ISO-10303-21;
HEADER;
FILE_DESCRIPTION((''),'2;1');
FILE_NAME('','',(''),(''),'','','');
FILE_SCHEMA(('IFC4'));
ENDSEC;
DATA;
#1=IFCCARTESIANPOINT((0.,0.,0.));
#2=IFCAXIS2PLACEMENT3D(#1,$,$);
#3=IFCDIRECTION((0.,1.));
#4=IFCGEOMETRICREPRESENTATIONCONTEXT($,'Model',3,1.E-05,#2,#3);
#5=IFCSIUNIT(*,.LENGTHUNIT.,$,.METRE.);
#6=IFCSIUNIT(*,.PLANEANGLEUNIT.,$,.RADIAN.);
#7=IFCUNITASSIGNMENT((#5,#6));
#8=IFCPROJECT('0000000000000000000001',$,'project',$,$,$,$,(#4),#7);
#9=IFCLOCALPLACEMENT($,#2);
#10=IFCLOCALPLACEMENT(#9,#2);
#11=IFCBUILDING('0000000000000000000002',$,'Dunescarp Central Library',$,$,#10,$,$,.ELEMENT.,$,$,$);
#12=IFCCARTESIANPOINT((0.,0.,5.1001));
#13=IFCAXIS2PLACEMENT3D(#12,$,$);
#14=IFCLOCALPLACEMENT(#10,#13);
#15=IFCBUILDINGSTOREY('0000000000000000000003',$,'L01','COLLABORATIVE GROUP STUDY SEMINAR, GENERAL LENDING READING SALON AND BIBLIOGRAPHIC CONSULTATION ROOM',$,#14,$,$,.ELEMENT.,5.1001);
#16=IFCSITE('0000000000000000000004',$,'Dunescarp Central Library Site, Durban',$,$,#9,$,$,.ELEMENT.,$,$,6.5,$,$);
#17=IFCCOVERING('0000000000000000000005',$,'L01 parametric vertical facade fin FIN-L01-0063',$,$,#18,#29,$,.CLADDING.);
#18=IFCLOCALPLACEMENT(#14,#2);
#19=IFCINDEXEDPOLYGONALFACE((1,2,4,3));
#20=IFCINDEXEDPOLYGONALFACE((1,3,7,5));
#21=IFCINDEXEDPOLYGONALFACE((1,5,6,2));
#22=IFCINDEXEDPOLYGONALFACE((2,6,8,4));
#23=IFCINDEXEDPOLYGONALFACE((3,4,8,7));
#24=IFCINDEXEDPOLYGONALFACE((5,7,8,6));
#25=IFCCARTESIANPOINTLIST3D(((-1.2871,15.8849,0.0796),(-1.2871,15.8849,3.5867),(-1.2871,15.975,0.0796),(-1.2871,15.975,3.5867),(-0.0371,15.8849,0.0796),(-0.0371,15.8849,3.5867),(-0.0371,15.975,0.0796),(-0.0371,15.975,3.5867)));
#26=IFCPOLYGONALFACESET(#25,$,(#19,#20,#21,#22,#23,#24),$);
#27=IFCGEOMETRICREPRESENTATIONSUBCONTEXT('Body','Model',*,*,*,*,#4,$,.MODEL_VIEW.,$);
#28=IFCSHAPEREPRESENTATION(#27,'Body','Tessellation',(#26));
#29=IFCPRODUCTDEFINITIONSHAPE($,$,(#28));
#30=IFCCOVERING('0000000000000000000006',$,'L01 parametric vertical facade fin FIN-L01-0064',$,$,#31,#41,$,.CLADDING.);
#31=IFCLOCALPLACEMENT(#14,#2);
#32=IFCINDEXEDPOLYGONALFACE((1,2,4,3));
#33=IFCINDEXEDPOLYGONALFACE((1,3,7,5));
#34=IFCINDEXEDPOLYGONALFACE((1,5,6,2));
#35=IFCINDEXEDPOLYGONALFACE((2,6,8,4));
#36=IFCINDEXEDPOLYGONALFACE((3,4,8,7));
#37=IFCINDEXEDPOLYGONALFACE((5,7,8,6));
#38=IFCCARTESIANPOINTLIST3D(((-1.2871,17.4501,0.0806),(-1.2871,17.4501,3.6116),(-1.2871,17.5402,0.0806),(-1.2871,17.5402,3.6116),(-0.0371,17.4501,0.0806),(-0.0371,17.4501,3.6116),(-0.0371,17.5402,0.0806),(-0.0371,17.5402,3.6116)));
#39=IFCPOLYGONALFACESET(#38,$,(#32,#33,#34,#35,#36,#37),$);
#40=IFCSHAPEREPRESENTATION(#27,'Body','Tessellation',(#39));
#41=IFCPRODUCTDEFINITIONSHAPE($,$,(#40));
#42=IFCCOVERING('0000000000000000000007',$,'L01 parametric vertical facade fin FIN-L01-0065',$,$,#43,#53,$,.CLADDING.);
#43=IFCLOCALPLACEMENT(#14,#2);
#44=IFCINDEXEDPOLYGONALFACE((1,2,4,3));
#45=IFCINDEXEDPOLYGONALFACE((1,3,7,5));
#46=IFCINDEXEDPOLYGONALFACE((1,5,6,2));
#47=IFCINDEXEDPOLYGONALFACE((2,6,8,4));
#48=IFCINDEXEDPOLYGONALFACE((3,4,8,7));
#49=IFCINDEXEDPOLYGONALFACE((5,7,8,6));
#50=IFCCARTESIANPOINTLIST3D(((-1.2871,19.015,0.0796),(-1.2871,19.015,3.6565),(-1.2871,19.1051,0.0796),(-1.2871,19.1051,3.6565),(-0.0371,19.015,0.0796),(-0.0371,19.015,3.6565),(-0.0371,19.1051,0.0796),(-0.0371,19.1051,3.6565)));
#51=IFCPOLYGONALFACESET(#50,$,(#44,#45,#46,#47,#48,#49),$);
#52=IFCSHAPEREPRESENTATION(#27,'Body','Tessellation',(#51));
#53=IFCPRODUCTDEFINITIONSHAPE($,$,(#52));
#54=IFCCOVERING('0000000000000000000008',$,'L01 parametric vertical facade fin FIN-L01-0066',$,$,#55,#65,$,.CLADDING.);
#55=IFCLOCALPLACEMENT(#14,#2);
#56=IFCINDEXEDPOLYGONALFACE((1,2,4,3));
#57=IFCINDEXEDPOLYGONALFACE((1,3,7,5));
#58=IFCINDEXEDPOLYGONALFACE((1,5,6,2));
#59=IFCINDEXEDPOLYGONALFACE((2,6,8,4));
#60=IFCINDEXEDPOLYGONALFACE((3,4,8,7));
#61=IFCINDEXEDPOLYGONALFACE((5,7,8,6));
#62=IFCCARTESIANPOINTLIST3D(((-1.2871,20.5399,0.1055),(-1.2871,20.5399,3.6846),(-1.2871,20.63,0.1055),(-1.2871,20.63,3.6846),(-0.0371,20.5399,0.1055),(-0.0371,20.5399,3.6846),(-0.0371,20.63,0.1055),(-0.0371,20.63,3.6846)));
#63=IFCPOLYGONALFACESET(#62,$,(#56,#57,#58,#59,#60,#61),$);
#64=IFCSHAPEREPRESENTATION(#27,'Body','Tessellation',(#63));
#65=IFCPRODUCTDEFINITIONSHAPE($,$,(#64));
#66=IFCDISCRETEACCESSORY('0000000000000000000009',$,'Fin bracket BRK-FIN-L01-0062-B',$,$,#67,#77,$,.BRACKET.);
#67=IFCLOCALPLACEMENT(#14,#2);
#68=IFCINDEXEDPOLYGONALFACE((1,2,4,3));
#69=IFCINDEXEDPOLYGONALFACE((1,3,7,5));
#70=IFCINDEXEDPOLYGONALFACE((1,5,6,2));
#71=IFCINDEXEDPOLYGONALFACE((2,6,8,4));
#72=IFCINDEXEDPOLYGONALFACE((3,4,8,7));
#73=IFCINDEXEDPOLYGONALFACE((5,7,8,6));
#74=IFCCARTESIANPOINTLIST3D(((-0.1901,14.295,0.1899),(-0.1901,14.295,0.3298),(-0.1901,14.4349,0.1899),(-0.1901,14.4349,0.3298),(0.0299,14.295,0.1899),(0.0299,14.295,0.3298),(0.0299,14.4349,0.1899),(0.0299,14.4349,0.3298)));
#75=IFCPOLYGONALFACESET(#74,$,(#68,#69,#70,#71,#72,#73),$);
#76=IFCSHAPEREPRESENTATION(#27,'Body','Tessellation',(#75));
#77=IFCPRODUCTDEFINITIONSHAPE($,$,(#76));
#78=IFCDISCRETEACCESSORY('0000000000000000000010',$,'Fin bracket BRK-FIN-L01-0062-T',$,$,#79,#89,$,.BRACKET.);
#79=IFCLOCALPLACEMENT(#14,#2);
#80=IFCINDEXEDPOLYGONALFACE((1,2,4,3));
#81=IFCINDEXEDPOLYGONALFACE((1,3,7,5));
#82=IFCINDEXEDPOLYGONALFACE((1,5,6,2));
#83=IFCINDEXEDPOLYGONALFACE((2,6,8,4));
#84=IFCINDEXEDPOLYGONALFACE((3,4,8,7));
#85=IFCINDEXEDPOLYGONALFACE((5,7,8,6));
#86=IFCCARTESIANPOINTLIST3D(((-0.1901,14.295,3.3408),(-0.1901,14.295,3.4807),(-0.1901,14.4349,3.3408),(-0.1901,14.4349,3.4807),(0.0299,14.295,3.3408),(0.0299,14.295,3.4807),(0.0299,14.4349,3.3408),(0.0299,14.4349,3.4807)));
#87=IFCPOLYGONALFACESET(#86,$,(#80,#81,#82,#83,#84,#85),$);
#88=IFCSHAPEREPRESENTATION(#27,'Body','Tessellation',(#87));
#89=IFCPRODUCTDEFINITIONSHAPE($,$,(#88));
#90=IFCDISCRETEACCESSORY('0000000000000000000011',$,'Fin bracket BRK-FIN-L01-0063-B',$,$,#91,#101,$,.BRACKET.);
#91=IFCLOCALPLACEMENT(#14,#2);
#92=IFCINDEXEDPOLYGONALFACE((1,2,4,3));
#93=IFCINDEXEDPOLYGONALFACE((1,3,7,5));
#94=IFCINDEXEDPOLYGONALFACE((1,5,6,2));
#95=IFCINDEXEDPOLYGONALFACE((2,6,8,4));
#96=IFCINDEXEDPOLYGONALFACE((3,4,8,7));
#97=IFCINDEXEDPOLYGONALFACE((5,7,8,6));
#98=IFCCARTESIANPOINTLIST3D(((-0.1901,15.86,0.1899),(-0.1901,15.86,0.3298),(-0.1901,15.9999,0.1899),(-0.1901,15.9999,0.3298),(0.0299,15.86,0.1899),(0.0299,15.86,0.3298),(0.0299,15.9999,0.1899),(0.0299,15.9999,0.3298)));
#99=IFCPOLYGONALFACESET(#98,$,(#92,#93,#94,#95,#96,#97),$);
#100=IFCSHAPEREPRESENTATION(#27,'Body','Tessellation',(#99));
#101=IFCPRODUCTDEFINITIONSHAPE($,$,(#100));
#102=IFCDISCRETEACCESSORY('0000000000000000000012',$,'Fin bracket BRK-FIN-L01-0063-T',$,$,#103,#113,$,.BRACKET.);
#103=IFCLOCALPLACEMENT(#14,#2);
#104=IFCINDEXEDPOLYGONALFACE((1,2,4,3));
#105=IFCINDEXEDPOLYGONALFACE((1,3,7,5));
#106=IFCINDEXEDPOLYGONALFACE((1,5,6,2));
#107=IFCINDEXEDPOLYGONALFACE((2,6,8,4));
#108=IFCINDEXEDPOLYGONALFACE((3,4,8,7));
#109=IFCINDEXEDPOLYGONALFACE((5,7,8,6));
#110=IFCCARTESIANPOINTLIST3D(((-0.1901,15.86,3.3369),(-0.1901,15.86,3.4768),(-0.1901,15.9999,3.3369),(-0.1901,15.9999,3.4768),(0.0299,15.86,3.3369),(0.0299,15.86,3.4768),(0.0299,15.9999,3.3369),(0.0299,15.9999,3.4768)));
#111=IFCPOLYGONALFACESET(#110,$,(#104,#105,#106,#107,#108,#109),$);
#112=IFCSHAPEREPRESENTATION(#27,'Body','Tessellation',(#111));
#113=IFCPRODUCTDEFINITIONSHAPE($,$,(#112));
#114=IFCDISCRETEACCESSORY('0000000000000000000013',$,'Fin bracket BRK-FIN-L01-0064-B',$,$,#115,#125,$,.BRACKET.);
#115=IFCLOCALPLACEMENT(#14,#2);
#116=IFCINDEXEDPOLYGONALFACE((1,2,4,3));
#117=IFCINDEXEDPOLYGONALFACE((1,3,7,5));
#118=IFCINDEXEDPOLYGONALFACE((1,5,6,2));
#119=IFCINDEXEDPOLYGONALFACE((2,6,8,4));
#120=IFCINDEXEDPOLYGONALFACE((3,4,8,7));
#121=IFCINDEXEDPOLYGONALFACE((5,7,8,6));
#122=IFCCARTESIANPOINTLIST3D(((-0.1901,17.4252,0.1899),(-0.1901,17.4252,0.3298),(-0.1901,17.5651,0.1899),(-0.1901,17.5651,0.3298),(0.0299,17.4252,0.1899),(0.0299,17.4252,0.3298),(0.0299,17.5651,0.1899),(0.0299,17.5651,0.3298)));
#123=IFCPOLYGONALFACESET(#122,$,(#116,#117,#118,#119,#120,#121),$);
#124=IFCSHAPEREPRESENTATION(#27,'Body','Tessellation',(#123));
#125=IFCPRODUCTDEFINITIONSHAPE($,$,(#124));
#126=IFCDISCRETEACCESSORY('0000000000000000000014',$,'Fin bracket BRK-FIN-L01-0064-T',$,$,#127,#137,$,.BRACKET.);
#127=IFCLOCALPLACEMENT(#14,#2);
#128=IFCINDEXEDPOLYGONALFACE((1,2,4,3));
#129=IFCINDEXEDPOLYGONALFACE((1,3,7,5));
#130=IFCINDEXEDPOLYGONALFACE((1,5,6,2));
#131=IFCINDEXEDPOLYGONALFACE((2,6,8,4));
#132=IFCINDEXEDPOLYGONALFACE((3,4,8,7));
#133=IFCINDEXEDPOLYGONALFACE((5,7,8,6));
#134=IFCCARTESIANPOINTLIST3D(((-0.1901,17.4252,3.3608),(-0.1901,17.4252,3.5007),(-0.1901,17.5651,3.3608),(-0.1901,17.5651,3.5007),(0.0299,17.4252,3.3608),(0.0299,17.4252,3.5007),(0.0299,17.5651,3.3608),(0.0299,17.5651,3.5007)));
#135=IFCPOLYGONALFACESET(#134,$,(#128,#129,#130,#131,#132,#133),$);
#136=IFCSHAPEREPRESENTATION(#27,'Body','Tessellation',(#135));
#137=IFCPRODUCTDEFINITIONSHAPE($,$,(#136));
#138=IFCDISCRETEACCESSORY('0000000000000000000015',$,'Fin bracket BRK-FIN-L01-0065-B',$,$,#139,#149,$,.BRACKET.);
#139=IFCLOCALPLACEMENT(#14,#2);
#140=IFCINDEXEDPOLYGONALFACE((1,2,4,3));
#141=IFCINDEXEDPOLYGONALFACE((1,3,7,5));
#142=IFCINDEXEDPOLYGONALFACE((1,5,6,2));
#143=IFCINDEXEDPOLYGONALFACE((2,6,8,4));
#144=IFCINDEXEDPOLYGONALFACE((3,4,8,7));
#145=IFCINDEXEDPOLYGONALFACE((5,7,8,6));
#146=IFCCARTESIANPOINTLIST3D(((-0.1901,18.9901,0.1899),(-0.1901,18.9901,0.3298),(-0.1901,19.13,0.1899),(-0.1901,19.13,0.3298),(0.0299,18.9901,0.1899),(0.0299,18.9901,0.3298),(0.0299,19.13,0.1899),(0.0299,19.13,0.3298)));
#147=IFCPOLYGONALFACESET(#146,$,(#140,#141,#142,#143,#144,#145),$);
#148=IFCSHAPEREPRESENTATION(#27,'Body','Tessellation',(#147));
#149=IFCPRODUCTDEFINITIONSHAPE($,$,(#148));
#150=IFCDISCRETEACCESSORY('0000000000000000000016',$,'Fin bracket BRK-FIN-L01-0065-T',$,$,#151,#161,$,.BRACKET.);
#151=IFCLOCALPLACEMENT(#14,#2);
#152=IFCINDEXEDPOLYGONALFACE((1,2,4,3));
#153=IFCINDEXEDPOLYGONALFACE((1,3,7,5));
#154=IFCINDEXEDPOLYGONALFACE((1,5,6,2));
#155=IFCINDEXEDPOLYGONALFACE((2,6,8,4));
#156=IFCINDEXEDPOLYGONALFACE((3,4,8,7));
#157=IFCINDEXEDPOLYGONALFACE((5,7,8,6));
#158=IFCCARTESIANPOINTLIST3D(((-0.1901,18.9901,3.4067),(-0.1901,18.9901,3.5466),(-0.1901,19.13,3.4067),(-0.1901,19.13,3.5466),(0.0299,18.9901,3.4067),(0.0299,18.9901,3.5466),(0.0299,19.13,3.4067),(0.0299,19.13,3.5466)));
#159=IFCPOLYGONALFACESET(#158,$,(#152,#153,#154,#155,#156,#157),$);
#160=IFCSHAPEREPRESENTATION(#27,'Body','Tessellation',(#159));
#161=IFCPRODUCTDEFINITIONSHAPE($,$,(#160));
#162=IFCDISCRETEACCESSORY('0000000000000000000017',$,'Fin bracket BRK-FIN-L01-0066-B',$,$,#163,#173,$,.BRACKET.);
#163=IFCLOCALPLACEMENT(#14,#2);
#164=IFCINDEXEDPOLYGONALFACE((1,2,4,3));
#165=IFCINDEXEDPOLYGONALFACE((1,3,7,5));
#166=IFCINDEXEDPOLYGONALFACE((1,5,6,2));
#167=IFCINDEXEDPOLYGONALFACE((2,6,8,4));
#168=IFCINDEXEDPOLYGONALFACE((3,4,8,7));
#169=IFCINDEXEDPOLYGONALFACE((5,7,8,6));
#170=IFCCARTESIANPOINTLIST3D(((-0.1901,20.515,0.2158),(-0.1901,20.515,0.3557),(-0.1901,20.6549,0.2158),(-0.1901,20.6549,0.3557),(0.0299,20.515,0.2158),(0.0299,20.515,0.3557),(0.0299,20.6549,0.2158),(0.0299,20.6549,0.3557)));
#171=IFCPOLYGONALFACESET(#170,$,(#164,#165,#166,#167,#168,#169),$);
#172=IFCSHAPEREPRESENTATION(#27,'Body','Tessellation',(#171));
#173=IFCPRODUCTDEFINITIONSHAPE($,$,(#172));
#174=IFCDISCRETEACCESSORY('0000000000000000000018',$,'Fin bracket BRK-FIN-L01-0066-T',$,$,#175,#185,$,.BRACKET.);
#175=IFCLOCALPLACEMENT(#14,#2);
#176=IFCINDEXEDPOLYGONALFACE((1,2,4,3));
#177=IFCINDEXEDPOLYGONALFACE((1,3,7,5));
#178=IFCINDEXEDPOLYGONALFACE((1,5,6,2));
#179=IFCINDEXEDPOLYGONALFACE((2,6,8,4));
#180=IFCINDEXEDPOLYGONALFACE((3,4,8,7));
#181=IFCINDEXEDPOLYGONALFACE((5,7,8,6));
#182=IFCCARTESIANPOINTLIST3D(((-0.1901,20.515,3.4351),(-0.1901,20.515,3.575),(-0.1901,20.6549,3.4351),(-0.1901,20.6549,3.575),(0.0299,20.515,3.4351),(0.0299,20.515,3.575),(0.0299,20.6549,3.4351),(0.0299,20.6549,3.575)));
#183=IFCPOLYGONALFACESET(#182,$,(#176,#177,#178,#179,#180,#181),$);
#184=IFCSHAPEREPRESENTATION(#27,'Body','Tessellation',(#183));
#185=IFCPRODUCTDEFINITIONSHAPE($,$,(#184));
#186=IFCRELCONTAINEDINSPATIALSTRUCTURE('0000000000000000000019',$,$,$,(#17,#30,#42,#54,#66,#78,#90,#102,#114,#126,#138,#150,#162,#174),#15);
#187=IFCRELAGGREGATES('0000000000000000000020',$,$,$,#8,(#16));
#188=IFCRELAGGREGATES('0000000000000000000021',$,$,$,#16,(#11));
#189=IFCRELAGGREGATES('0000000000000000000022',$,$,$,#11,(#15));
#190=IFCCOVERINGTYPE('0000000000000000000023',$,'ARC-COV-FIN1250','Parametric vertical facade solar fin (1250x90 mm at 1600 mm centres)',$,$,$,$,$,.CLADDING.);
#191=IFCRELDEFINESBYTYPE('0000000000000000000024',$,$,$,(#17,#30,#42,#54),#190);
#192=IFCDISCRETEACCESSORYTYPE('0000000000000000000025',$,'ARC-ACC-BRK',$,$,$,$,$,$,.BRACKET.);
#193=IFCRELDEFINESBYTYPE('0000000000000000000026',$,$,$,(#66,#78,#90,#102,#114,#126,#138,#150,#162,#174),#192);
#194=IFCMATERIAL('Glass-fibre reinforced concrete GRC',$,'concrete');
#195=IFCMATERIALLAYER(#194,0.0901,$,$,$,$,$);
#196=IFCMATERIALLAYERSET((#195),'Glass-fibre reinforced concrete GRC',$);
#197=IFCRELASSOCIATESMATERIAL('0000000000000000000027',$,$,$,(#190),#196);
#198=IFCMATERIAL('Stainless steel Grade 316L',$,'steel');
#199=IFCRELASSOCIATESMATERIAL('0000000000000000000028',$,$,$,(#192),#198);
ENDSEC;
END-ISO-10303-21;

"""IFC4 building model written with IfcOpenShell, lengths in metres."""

from ifc_helpers import new_model, si_unit, direction, frame, origin, origin_2d, place, context, subcontext, project, spatial, rectangle, extrude, material, layer, layer_set, type_object, element, save


model = new_model("IFC4")

# Units and contexts
model_context = context("Model", 3, precision=1e-05, world=origin(), true_north=direction((0.0, 1.0)))
body_context = subcontext(model_context, "Body", "Model", "MODEL_VIEW")
ifc_project = project(units=[si_unit("LENGTHUNIT", "METRE"), si_unit("PLANEANGLEUNIT", "RADIAN")], contexts=[model_context])

# Site, building, storey
site_placement = place(None, origin())
site = spatial("IfcSite", under=ifc_project, at=site_placement, Name="Dunescarp Central Library Site, Durban", CompositionType="ELEMENT", RefElevation=6.5)
building_placement = place(site_placement, origin())
building = spatial("IfcBuilding", under=site, at=building_placement, Name="Dunescarp Central Library", CompositionType="ELEMENT")
storey_placement = place(building_placement, frame((0.0, 0.0, 5.1001)))
storey = spatial("IfcBuildingStorey", under=building, at=storey_placement, Name="L01", Description="COLLABORATIVE GROUP STUDY SEMINAR, GENERAL LENDING READING SALON AND BIBLIOGRAPHIC CONSULTATION ROOM", CompositionType="ELEMENT", Elevation=5.1001)

# Coverings
ifc_material_1 = material(Name="Glass-fibre reinforced concrete GRC", Category="concrete")
ifc_layer_1 = layer(ifc_material_1, 0.0901)
ifc_layer_set_1 = layer_set([ifc_layer_1], Name="Glass-fibre reinforced concrete GRC")
covering_type = type_object("IfcCoveringType", Name="ARC-COV-FIN1250", Description="Parametric vertical facade solar fin (1250x90 mm at 1600 mm centres)", PredefinedType="CLADDING", material=ifc_layer_set_1)
covering_1_placement = place(storey_placement, frame((-0.6621, 15.9299, 0.0796), z_axis=(0.0, 0.0, 1.0), x_axis=(-1.0, 0.0, 0.0)))
element("IfcCovering", 1, at=covering_1_placement, inside=storey, type_object=covering_type, Name="L01 parametric vertical facade fin FIN-L01-0063", PredefinedType="CLADDING", context=body_context, shape_type="SweptSolid", body=[
    extrude(rectangle(XDim=1.25, YDim=0.0901, at=origin_2d()), origin(), (0.0, 0.0, 1.0), 3.5071),
])
covering_2_placement = place(storey_placement, frame((-0.6621, 17.4951, 0.0806), z_axis=(0.0, 0.0, 1.0), x_axis=(-1.0, 0.0, 0.0)))
element("IfcCovering", 2, at=covering_2_placement, inside=storey, type_object=covering_type, Name="L01 parametric vertical facade fin FIN-L01-0064", PredefinedType="CLADDING", context=body_context, shape_type="SweptSolid", body=[
    extrude(rectangle(XDim=1.25, YDim=0.0901, at=origin_2d()), origin(), (0.0, 0.0, 1.0), 3.531),
])
covering_3_placement = place(storey_placement, frame((-0.6621, 19.0601, 0.0796), z_axis=(0.0, 0.0, 1.0), x_axis=(-1.0, 0.0, 0.0)))
element("IfcCovering", 3, at=covering_3_placement, inside=storey, type_object=covering_type, Name="L01 parametric vertical facade fin FIN-L01-0065", PredefinedType="CLADDING", context=body_context, shape_type="SweptSolid", body=[
    extrude(rectangle(XDim=1.25, YDim=0.0901, at=origin_2d()), origin(), (0.0, 0.0, 1.0), 3.5769),
])
covering_4_placement = place(storey_placement, frame((-0.6621, 20.585, 0.1055), z_axis=(0.0, 0.0, 1.0), x_axis=(-1.0, 0.0, 0.0)))
element("IfcCovering", 4, at=covering_4_placement, inside=storey, type_object=covering_type, Name="L01 parametric vertical facade fin FIN-L01-0066", PredefinedType="CLADDING", context=body_context, shape_type="SweptSolid", body=[
    extrude(rectangle(XDim=1.25, YDim=0.0901, at=origin_2d()), origin(), (0.0, 0.0, 1.0), 3.5791),
])

# Discrete accessories
ifc_material_2 = material(Name="Stainless steel Grade 316L", Category="steel")
discrete_accessory_type = type_object("IfcDiscreteAccessoryType", Name="ARC-ACC-BRK", PredefinedType="BRACKET", material=ifc_material_2)
for number, where, z_axis, x_axis, name in (
    (5, (-0.0801, 14.365, 0.1899), (0.0, 0.0, 1.0), (-1.0, 0.0, 0.0), "Fin bracket BRK-FIN-L01-0062-B"),
    (6, (-0.0801, 14.365, 3.3408), (0.0, 0.0, 1.0), (-1.0, 0.0, 0.0), "Fin bracket BRK-FIN-L01-0062-T"),
    (7, (-0.0801, 15.9299, 0.1899), (0.0, 0.0, 1.0), (-1.0, 0.0, 0.0), "Fin bracket BRK-FIN-L01-0063-B"),
    (8, (-0.0801, 15.9299, 3.3369), (0.0, 0.0, 1.0), (-1.0, 0.0, 0.0), "Fin bracket BRK-FIN-L01-0063-T"),
    (9, (-0.0801, 17.4951, 0.1899), (0.0, 0.0, 1.0), (-1.0, 0.0, 0.0), "Fin bracket BRK-FIN-L01-0064-B"),
    (10, (-0.0801, 17.4951, 3.3608), (0.0, 0.0, 1.0), (-1.0, 0.0, 0.0), "Fin bracket BRK-FIN-L01-0064-T"),
    (11, (-0.0801, 19.0601, 0.1899), (0.0, 0.0, 1.0), (-1.0, 0.0, 0.0), "Fin bracket BRK-FIN-L01-0065-B"),
    (12, (-0.0801, 19.0601, 3.4067), (0.0, 0.0, 1.0), (-1.0, 0.0, 0.0), "Fin bracket BRK-FIN-L01-0065-T"),
    (13, (-0.0801, 20.585, 0.2158), (0.0, 0.0, 1.0), (-1.0, 0.0, 0.0), "Fin bracket BRK-FIN-L01-0066-B"),
    (14, (-0.0801, 20.585, 3.4351), (0.0, 0.0, 1.0), (-1.0, 0.0, 0.0), "Fin bracket BRK-FIN-L01-0066-T"),
):
    element("IfcDiscreteAccessory", number, at=place(storey_placement, frame(where, z_axis=z_axis, x_axis=x_axis)), inside=storey, type_object=discrete_accessory_type, Name=name, PredefinedType="BRACKET", context=body_context, shape_type="SweptSolid", body=[
        extrude(rectangle(XDim=0.22, YDim=0.1399, at=origin_2d()), origin(), (0.0, 0.0, 1.0), 0.1399),
    ])

save(model, "model.ifc")
